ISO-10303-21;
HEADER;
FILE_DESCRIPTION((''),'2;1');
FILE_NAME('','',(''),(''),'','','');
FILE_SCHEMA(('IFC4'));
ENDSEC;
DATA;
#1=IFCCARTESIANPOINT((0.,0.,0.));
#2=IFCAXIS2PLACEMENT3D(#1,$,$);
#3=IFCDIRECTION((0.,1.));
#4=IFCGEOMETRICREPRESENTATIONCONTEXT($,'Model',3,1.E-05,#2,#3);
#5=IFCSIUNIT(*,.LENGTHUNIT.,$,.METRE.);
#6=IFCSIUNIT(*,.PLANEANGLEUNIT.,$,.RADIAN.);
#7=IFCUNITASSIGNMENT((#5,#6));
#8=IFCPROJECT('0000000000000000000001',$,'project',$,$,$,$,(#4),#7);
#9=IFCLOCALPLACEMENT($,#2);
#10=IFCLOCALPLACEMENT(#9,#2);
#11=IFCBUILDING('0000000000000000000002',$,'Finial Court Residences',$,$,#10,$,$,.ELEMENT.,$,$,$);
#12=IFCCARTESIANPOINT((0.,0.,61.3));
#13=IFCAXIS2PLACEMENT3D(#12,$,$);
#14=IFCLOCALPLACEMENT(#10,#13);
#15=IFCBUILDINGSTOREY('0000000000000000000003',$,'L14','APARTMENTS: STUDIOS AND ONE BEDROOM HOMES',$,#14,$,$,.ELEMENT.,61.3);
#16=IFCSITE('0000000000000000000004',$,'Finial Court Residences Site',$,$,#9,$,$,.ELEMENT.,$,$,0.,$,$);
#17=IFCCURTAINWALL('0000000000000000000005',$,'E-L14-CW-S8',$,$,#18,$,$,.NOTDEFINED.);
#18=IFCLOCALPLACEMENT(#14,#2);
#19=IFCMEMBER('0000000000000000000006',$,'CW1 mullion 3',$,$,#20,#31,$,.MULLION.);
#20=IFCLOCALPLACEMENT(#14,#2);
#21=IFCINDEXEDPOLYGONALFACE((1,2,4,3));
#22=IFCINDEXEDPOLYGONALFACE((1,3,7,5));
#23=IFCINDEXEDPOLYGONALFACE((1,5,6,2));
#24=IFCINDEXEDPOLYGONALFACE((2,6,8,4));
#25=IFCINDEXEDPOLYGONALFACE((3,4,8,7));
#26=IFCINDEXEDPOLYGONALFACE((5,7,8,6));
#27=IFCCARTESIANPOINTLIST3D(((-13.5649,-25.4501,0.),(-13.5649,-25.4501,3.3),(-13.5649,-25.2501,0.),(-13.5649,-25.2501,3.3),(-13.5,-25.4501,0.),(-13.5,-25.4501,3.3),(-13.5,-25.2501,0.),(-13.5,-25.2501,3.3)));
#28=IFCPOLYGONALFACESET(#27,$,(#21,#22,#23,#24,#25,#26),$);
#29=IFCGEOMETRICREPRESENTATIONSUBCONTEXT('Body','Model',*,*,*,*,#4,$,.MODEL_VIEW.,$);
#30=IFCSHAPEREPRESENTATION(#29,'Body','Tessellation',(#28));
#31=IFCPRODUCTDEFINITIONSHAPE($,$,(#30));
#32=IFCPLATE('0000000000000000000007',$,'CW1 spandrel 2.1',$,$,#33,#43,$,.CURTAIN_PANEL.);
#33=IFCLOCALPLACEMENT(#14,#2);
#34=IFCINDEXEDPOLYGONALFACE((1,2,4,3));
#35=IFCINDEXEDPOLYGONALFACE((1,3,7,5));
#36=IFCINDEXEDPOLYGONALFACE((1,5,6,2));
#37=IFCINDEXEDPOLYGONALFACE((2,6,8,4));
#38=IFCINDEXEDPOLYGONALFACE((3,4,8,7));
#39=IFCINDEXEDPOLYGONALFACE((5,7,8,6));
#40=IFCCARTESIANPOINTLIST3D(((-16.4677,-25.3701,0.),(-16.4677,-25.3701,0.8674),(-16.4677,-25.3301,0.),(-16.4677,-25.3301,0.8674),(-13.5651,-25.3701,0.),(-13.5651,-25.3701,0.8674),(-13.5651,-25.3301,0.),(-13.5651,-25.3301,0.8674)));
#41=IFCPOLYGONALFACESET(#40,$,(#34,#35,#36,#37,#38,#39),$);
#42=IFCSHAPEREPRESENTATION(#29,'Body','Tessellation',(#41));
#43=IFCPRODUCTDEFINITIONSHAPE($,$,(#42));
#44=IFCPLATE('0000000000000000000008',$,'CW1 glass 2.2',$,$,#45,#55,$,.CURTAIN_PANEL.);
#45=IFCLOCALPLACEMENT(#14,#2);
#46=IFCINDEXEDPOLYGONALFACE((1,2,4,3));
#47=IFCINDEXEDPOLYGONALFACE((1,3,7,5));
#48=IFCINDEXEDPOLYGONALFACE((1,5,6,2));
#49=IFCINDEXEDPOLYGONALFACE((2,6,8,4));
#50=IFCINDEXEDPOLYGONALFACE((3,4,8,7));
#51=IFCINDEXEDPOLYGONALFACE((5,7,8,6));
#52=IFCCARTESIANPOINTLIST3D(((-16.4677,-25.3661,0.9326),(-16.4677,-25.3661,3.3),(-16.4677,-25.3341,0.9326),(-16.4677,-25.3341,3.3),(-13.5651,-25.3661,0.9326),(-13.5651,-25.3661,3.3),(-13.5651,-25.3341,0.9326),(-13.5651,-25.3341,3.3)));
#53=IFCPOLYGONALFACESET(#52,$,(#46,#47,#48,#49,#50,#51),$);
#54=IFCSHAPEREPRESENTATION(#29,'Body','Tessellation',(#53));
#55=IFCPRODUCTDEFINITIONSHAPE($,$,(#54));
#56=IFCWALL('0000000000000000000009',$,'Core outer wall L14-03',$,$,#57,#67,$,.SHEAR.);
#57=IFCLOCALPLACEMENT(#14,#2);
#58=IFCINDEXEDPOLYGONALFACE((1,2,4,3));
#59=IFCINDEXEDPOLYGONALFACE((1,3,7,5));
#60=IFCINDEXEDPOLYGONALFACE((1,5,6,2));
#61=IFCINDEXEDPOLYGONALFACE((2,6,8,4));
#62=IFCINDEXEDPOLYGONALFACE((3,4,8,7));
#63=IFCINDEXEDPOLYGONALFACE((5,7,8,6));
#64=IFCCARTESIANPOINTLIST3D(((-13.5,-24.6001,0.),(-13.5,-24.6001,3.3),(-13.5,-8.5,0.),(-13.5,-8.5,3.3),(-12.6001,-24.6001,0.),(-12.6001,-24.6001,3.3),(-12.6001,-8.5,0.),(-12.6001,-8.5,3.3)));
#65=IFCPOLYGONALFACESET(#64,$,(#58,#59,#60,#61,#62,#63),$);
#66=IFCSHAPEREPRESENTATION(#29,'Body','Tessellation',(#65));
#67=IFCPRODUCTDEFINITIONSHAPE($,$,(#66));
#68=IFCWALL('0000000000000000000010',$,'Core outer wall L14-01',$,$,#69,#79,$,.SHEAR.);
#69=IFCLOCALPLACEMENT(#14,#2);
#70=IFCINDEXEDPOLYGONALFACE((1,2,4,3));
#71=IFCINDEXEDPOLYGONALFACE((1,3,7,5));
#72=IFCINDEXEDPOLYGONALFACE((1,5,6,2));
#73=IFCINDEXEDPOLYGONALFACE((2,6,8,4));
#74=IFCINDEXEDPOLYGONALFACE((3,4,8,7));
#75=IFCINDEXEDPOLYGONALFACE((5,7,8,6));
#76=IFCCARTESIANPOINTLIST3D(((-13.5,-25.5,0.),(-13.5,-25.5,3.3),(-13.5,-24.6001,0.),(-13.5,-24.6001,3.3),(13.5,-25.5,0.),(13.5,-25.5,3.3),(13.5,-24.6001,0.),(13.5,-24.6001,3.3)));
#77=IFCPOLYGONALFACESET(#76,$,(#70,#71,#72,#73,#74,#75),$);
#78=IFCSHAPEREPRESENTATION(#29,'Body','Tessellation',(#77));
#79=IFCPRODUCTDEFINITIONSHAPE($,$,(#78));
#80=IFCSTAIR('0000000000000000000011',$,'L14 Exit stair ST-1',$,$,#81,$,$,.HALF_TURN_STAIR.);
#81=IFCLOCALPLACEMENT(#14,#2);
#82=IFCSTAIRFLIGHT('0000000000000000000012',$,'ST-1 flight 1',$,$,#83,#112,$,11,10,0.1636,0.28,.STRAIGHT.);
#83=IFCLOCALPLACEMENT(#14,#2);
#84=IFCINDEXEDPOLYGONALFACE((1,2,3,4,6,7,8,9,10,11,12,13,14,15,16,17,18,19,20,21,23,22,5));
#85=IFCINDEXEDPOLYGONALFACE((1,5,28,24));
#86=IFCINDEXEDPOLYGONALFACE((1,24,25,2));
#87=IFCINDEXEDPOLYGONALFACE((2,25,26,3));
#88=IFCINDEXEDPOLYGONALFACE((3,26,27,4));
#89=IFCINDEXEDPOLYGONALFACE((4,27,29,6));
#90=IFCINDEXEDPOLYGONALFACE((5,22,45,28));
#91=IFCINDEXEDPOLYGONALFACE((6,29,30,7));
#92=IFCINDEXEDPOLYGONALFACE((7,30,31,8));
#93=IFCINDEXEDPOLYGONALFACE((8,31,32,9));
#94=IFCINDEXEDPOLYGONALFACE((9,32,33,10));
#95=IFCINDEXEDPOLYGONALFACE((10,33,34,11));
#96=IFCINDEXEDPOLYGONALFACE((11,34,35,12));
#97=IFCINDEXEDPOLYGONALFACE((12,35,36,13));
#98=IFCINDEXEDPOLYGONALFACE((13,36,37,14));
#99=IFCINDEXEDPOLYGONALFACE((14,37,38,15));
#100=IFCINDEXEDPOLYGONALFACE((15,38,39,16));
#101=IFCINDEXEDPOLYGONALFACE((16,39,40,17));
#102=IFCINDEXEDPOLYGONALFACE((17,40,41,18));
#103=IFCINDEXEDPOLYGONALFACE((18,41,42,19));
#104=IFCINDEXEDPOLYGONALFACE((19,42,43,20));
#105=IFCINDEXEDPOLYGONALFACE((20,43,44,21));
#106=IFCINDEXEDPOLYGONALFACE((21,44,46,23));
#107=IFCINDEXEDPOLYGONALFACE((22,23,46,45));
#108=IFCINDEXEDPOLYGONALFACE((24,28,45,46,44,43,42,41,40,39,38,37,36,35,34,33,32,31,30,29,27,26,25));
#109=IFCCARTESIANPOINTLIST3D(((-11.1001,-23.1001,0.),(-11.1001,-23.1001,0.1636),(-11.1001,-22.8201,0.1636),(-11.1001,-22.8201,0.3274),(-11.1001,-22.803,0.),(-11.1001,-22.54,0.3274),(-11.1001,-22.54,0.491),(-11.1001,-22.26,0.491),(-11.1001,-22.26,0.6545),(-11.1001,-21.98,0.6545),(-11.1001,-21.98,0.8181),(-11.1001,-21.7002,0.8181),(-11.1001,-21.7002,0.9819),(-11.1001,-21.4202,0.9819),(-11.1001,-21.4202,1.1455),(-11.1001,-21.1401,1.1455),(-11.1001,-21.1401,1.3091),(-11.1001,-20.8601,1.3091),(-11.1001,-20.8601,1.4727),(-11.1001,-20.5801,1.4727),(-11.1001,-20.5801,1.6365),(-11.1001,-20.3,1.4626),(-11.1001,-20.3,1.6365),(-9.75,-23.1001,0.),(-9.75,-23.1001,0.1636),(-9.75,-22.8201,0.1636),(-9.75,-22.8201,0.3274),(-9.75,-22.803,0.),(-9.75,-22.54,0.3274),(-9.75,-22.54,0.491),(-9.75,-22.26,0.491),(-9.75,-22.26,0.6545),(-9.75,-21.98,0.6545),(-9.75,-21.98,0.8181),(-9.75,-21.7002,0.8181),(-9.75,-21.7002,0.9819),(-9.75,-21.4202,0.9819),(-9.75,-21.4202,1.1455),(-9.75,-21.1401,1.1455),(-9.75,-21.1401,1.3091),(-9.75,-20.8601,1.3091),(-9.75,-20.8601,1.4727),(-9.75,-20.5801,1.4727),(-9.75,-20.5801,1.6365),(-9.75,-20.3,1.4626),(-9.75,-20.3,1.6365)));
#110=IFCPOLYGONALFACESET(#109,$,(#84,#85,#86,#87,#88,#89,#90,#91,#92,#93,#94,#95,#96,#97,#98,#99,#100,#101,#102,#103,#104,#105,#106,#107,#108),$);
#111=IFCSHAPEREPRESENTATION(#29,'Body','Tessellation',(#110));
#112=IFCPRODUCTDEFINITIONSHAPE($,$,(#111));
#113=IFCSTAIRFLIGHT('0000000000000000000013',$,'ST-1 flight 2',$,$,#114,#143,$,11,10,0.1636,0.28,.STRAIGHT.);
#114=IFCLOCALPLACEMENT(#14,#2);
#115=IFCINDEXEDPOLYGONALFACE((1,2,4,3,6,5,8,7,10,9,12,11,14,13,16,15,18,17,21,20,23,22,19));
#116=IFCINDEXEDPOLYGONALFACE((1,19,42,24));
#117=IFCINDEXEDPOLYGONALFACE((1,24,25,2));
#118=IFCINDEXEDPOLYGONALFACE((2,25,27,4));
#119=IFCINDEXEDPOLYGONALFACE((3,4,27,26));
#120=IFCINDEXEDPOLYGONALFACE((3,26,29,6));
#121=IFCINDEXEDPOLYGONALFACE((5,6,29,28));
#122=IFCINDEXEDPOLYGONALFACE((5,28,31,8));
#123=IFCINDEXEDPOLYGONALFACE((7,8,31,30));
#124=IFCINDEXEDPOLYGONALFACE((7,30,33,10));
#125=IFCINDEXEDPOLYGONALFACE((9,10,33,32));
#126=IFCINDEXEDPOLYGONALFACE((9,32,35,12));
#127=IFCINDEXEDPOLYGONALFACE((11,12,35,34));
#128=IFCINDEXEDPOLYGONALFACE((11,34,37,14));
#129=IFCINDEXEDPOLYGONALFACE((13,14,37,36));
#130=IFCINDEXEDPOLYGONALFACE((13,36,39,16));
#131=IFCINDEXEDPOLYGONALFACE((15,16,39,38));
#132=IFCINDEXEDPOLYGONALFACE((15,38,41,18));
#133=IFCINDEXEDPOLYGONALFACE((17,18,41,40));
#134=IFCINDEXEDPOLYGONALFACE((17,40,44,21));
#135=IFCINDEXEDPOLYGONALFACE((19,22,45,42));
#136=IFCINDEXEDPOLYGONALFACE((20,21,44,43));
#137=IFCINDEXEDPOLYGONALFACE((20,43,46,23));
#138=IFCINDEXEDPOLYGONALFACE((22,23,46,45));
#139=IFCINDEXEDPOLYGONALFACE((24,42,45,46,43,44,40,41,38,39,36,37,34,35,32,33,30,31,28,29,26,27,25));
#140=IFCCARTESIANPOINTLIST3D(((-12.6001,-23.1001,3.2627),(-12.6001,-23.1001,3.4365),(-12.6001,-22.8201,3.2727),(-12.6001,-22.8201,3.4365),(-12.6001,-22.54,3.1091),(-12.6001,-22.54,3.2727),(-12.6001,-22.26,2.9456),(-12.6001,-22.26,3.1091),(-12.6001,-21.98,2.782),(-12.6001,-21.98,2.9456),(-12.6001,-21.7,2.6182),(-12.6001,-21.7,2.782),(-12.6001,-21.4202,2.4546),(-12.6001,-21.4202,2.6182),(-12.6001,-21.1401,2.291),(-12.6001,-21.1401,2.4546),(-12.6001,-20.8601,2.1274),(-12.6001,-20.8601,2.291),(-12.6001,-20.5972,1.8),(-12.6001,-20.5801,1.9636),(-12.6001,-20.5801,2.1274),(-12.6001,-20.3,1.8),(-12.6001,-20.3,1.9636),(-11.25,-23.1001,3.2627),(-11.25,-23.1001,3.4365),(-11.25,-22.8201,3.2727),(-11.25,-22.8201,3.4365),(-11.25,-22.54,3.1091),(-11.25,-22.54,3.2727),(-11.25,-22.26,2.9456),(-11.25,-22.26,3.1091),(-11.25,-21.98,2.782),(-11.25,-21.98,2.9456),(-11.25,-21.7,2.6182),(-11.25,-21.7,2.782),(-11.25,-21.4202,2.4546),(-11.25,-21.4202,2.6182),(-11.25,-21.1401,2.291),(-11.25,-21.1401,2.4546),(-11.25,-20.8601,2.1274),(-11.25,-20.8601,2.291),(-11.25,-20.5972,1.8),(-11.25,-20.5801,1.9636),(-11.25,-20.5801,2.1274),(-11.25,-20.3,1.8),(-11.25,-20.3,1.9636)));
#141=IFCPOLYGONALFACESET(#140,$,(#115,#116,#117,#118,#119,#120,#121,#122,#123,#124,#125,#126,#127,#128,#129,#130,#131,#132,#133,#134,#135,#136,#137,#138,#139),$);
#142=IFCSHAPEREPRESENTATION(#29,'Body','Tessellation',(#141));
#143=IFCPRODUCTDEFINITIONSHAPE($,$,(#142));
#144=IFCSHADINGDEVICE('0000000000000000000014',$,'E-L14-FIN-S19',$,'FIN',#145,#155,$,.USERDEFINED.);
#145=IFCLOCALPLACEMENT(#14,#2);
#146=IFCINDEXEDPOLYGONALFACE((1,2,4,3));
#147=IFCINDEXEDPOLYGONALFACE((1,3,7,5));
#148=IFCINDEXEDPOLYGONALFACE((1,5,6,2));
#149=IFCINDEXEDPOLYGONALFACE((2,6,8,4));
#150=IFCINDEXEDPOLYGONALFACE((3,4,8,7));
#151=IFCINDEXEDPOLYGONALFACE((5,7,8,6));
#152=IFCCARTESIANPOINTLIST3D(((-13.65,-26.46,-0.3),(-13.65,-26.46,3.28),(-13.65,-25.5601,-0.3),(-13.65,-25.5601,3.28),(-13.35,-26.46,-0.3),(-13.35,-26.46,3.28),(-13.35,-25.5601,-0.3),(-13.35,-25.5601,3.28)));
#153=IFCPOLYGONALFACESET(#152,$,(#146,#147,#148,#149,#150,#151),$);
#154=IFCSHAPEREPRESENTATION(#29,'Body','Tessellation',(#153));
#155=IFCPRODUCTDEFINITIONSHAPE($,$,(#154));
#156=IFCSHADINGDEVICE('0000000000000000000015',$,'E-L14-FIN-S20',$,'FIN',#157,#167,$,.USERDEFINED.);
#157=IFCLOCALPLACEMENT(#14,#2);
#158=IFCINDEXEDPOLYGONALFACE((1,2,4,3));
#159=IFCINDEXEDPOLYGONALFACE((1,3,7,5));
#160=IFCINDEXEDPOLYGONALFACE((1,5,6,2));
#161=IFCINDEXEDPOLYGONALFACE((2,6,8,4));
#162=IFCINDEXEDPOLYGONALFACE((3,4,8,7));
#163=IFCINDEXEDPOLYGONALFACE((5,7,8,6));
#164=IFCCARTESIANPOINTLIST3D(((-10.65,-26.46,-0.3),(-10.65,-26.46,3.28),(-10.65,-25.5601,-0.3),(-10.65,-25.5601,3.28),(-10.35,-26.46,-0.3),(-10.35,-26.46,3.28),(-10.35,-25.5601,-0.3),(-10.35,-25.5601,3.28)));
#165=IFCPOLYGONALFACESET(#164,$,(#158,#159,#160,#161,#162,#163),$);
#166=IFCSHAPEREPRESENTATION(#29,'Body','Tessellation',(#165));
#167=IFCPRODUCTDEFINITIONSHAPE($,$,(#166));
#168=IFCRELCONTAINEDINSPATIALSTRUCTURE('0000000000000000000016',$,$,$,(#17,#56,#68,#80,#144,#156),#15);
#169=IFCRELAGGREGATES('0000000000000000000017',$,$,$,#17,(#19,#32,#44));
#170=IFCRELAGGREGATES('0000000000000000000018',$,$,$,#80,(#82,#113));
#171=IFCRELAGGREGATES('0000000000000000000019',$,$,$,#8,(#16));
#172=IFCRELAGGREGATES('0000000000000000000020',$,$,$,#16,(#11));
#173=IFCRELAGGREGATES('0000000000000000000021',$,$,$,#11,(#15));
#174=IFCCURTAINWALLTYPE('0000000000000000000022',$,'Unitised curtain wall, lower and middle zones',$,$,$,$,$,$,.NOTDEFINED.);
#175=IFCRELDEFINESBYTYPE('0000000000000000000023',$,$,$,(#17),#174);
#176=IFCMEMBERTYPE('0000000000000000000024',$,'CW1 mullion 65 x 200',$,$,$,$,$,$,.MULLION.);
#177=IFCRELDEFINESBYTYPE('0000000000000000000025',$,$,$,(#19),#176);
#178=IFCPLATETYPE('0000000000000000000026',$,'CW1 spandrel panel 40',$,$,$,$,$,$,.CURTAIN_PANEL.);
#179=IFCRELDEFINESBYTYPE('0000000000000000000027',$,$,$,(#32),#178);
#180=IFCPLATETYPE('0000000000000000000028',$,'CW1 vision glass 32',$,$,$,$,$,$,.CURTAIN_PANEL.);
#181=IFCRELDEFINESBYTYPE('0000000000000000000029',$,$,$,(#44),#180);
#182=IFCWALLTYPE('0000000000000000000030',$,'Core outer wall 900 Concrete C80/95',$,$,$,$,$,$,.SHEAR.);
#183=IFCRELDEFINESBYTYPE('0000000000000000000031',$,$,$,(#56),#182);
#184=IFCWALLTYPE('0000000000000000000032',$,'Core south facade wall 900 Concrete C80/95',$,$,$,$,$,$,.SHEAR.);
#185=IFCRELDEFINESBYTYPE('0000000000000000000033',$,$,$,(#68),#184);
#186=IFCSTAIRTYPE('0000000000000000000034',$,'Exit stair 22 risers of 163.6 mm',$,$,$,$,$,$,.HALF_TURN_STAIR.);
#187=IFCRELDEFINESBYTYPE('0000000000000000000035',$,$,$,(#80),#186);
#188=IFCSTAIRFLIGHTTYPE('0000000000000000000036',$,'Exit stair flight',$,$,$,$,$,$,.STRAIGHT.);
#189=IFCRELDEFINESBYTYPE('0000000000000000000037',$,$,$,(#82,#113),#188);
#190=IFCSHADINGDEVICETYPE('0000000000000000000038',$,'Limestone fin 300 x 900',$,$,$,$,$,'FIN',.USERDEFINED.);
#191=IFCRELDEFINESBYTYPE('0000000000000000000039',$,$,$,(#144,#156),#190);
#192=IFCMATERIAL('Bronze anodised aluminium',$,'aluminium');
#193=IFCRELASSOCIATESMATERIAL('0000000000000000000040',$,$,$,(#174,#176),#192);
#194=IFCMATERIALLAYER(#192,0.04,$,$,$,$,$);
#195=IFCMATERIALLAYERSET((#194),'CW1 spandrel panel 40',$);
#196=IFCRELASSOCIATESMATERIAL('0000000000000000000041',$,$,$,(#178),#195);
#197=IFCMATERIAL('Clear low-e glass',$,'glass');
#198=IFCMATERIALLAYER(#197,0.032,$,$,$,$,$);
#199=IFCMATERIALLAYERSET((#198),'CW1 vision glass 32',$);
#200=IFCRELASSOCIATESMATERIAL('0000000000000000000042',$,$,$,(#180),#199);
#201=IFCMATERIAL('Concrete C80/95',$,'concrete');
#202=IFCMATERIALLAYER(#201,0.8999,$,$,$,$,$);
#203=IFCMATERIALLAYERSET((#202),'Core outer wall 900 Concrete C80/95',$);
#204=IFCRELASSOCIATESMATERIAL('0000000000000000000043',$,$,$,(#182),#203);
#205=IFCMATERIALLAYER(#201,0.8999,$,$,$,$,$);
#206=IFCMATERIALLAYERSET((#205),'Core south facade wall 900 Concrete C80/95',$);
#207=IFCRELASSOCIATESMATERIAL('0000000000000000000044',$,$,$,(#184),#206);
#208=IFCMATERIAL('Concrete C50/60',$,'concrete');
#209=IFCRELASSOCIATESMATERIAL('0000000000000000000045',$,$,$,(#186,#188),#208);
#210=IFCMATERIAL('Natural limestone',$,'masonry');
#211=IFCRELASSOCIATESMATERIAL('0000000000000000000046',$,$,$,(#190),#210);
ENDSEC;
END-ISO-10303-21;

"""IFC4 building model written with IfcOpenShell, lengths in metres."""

from ifc_helpers import new_model, si_unit, direction, frame, frame_2d, origin, origin_2d, place, context, subcontext, project, spatial, polyline, rectangle, outline, extrude, material, layer, layer_set, material_profile, profile_set, type_object, element, aggregate, save


model = new_model("IFC4")

# Units and contexts
model_context = context("Model", 3, precision=1e-05, world=origin(), true_north=direction((0.0, 1.0)))
body_context = subcontext(model_context, "Body", "Model", "MODEL_VIEW")
ifc_project = project(units=[si_unit("LENGTHUNIT", "METRE"), si_unit("PLANEANGLEUNIT", "RADIAN")], contexts=[model_context])

# Site, building, storey
site_placement = place(None, origin())
site = spatial("IfcSite", under=ifc_project, at=site_placement, Name="Finial Court Residences Site", CompositionType="ELEMENT", RefElevation=0.0)
building_placement = place(site_placement, origin())
building = spatial("IfcBuilding", under=site, at=building_placement, Name="Finial Court Residences", CompositionType="ELEMENT")
storey_placement = place(building_placement, frame((0.0, 0.0, 61.3)))
storey = spatial("IfcBuildingStorey", under=building, at=storey_placement, Name="L14", Description="APARTMENTS: STUDIOS AND ONE BEDROOM HOMES", CompositionType="ELEMENT", Elevation=61.3)

# Curtain wall, member, plates
ifc_material_1 = material(Name="Bronze anodised aluminium", Category="aluminium")
curtain_wall_type = type_object("IfcCurtainWallType", Name="Unitised curtain wall, lower and middle zones", PredefinedType="NOTDEFINED", material=ifc_material_1)
curtain_wall_placement = place(storey_placement, origin())
curtain_wall = element("IfcCurtainWall", 1, at=curtain_wall_placement, inside=storey, type_object=curtain_wall_type, Name="E-L14-CW-S8", PredefinedType="NOTDEFINED")
ifc_material_profile = material_profile(ifc_material_1, rectangle(XDim=0.2, YDim=0.0649, at=origin_2d()), Name="CW1 mullion 65 x 200")
ifc_profile_set = profile_set([ifc_material_profile], Name="Bronze anodised aluminium")
member_type = type_object("IfcMemberType", Name="CW1 mullion 65 x 200", PredefinedType="MULLION", material=ifc_profile_set)
member_placement = place(storey_placement, frame((-13.5325, -25.3501, 0.0), z_axis=(0.0, 0.0, 1.0), x_axis=(0.0, 1.0, 0.0)))
member = element("IfcMember", 2, at=member_placement, type_object=member_type, Name="CW1 mullion 3", PredefinedType="MULLION", context=body_context, shape_type="SweptSolid", body=[
    extrude(rectangle(XDim=0.2, YDim=0.0649, at=origin_2d()), origin(), (0.0, 0.0, 1.0), 3.3),
])
ifc_layer_1 = layer(ifc_material_1, 0.04)
ifc_layer_set_1 = layer_set([ifc_layer_1], Name="CW1 spandrel panel 40")
plate_type_1 = type_object("IfcPlateType", Name="CW1 spandrel panel 40", PredefinedType="CURTAIN_PANEL", material=ifc_layer_set_1)
plate_1_placement = place(storey_placement, frame((-15.0164, -25.3501, 0.0), z_axis=(0.0, 0.0, 1.0), x_axis=(1.0, 0.0, 0.0)))
plate_1 = element("IfcPlate", 3, at=plate_1_placement, type_object=plate_type_1, Name="CW1 spandrel 2.1", PredefinedType="CURTAIN_PANEL", context=body_context, shape_type="SweptSolid", body=[
    extrude(rectangle(XDim=2.9026, YDim=0.04, at=origin_2d()), origin(), (0.0, 0.0, 1.0), 0.8674),
])
ifc_material_2 = material(Name="Clear low-e glass", Category="glass")
ifc_layer_2 = layer(ifc_material_2, 0.032)
ifc_layer_set_2 = layer_set([ifc_layer_2], Name="CW1 vision glass 32")
plate_type_2 = type_object("IfcPlateType", Name="CW1 vision glass 32", PredefinedType="CURTAIN_PANEL", material=ifc_layer_set_2)
plate_2_placement = place(storey_placement, frame((-15.0164, -25.3501, 0.9326), z_axis=(0.0, 0.0, 1.0), x_axis=(1.0, 0.0, 0.0)))
plate_2 = element("IfcPlate", 4, at=plate_2_placement, type_object=plate_type_2, Name="CW1 glass 2.2", PredefinedType="CURTAIN_PANEL", context=body_context, shape_type="SweptSolid", body=[
    extrude(rectangle(XDim=2.9026, YDim=0.032, at=origin_2d()), origin(), (0.0, 0.0, 1.0), 2.3674),
])
aggregate(curtain_wall, [member, plate_1, plate_2])

# Walls
ifc_material_3 = material(Name="Concrete C80/95", Category="concrete")
ifc_layer_3 = layer(ifc_material_3, 0.8999)
ifc_layer_set_3 = layer_set([ifc_layer_3], Name="Core outer wall 900 Concrete C80/95")
wall_type_1 = type_object("IfcWallType", Name="Core outer wall 900 Concrete C80/95", PredefinedType="SHEAR", material=ifc_layer_set_3)
wall_1_placement = place(storey_placement, frame((-13.05, -24.6001, 0.0), z_axis=(0.0, 0.0, 1.0), x_axis=(0.0, 1.0, 0.0)))
element("IfcWall", 5, at=wall_1_placement, inside=storey, type_object=wall_type_1, Name="Core outer wall L14-03", PredefinedType="SHEAR", context=body_context, shape_type="SweptSolid", body=[
    extrude(rectangle(XDim=16.1001, YDim=0.8999, at=frame_2d((8.05, 0.0))), origin(), (0.0, 0.0, 1.0), 3.3),
])
ifc_layer_4 = layer(ifc_material_3, 0.8999)
ifc_layer_set_4 = layer_set([ifc_layer_4], Name="Core south facade wall 900 Concrete C80/95")
wall_type_2 = type_object("IfcWallType", Name="Core south facade wall 900 Concrete C80/95", PredefinedType="SHEAR", material=ifc_layer_set_4)
wall_2_placement = place(storey_placement, frame((-13.5, -25.05, 0.0), z_axis=(0.0, 0.0, 1.0), x_axis=(1.0, 0.0, 0.0)))
element("IfcWall", 6, at=wall_2_placement, inside=storey, type_object=wall_type_2, Name="Core outer wall L14-01", PredefinedType="SHEAR", context=body_context, shape_type="SweptSolid", body=[
    extrude(rectangle(XDim=27.0, YDim=0.8999, at=frame_2d((13.5, 0.0))), origin(), (0.0, 0.0, 1.0), 3.3),
])

# Stair, stair flights
ifc_material_4 = material(Name="Concrete C50/60", Category="concrete")
stair_type = type_object("IfcStairType", Name="Exit stair 22 risers of 163.6 mm", PredefinedType="HALF_TURN_STAIR", material=ifc_material_4)
stair_placement = place(storey_placement, origin())
stair = element("IfcStair", 7, at=stair_placement, inside=storey, type_object=stair_type, Name="L14 Exit stair ST-1", PredefinedType="HALF_TURN_STAIR")
stair_flight_type = type_object("IfcStairFlightType", Name="Exit stair flight", PredefinedType="STRAIGHT", material=ifc_material_4)
stair_flight_1_placement = place(storey_placement, frame((-10.425, -23.1001, 0.0), z_axis=(0.0, 0.0, 1.0), x_axis=(0.0, 1.0, 0.0)))
stair_flight_1 = element("IfcStairFlight", 8, at=stair_flight_1_placement, type_object=stair_flight_type, Name="ST-1 flight 1", NumberOfRisers=11, NumberOfTreads=10, PredefinedType="STRAIGHT", RiserHeight=0.1636, TreadLength=0.28, context=body_context, shape_type="SweptSolid", body=[
    extrude(outline(polyline([(0.0, 0.0), (0.0, 0.1636), (0.28, 0.1636), (0.28, 0.3274), (0.5601, 0.3274), (0.5601, 0.491), (0.8401, 0.491), (0.8401, 0.6545), (1.1201, 0.6545), (1.1201, 0.8181), (1.3999, 0.8181), (1.3999, 0.9819), (1.6799, 0.9819), (1.6799, 1.1455), (1.96, 1.1455), (1.96, 1.3091), (2.24, 1.3091), (2.24, 1.4727), (2.52, 1.4727), (2.52, 1.6365), (2.8, 1.6365), (2.8, 1.8), (2.8, 1.4626), (0.2971, 0.0), (0.0, 0.0)])), frame((0.0, 0.675, 0.0), z_axis=(0.0, -1.0, 0.0), x_axis=(1.0, 0.0, 0.0)), (0.0, 0.0, 1.0), 1.3501),
])
stair_flight_2_placement = place(storey_placement, frame((-11.925, -20.3, 1.8), z_axis=(0.0, 0.0, 1.0), x_axis=(0.0, -1.0, 0.0)))
stair_flight_2 = element("IfcStairFlight", 9, at=stair_flight_2_placement, type_object=stair_flight_type, Name="ST-1 flight 2", NumberOfRisers=11, NumberOfTreads=10, PredefinedType="STRAIGHT", RiserHeight=0.1636, TreadLength=0.28, context=body_context, shape_type="SweptSolid", body=[
    extrude(outline(polyline([(0.0, 0.0), (0.0, 0.1636), (0.28, 0.1636), (0.28, 0.3274), (0.5601, 0.3274), (0.5601, 0.491), (0.8401, 0.491), (0.8401, 0.6545), (1.1201, 0.6545), (1.1201, 0.8181), (1.3999, 0.8181), (1.3999, 0.9819), (1.6799, 0.9819), (1.6799, 1.1455), (1.96, 1.1455), (1.96, 1.3091), (2.24, 1.3091), (2.24, 1.4727), (2.52, 1.4727), (2.52, 1.6365), (2.8, 1.6365), (2.8, 1.8), (2.8, 1.4626), (0.2971, 0.0), (0.0, 0.0)])), frame((0.0, 0.675, 0.0), z_axis=(0.0, -1.0, 0.0), x_axis=(1.0, 0.0, 0.0)), (0.0, 0.0, 1.0), 1.3501),
])
aggregate(stair, [stair_flight_1, stair_flight_2])

# Shading devices
ifc_material_5 = material(Name="Natural limestone", Category="masonry")
shading_device_type = type_object("IfcShadingDeviceType", Name="Limestone fin 300 x 900", ElementType="FIN", PredefinedType="USERDEFINED", material=ifc_material_5)
for number, where, z_axis, x_axis, name in (
    (10, (-13.5, -26.01, -0.3), (0.0, 0.0, 1.0), (1.0, 0.0, 0.0), "E-L14-FIN-S19"),
    (11, (-10.5, -26.01, -0.3), (0.0, 0.0, 1.0), (1.0, 0.0, 0.0), "E-L14-FIN-S20"),
):
    element("IfcShadingDevice", number, at=place(storey_placement, frame(where, z_axis=z_axis, x_axis=x_axis)), inside=storey, type_object=shading_device_type, Name=name, ObjectType="FIN", PredefinedType="USERDEFINED", context=body_context, shape_type="SweptSolid", body=[
        extrude(rectangle(XDim=0.3, YDim=0.8999, at=origin_2d()), origin(), (0.0, 0.0, 1.0), 3.5801),
    ])

save(model, "model.ifc")
